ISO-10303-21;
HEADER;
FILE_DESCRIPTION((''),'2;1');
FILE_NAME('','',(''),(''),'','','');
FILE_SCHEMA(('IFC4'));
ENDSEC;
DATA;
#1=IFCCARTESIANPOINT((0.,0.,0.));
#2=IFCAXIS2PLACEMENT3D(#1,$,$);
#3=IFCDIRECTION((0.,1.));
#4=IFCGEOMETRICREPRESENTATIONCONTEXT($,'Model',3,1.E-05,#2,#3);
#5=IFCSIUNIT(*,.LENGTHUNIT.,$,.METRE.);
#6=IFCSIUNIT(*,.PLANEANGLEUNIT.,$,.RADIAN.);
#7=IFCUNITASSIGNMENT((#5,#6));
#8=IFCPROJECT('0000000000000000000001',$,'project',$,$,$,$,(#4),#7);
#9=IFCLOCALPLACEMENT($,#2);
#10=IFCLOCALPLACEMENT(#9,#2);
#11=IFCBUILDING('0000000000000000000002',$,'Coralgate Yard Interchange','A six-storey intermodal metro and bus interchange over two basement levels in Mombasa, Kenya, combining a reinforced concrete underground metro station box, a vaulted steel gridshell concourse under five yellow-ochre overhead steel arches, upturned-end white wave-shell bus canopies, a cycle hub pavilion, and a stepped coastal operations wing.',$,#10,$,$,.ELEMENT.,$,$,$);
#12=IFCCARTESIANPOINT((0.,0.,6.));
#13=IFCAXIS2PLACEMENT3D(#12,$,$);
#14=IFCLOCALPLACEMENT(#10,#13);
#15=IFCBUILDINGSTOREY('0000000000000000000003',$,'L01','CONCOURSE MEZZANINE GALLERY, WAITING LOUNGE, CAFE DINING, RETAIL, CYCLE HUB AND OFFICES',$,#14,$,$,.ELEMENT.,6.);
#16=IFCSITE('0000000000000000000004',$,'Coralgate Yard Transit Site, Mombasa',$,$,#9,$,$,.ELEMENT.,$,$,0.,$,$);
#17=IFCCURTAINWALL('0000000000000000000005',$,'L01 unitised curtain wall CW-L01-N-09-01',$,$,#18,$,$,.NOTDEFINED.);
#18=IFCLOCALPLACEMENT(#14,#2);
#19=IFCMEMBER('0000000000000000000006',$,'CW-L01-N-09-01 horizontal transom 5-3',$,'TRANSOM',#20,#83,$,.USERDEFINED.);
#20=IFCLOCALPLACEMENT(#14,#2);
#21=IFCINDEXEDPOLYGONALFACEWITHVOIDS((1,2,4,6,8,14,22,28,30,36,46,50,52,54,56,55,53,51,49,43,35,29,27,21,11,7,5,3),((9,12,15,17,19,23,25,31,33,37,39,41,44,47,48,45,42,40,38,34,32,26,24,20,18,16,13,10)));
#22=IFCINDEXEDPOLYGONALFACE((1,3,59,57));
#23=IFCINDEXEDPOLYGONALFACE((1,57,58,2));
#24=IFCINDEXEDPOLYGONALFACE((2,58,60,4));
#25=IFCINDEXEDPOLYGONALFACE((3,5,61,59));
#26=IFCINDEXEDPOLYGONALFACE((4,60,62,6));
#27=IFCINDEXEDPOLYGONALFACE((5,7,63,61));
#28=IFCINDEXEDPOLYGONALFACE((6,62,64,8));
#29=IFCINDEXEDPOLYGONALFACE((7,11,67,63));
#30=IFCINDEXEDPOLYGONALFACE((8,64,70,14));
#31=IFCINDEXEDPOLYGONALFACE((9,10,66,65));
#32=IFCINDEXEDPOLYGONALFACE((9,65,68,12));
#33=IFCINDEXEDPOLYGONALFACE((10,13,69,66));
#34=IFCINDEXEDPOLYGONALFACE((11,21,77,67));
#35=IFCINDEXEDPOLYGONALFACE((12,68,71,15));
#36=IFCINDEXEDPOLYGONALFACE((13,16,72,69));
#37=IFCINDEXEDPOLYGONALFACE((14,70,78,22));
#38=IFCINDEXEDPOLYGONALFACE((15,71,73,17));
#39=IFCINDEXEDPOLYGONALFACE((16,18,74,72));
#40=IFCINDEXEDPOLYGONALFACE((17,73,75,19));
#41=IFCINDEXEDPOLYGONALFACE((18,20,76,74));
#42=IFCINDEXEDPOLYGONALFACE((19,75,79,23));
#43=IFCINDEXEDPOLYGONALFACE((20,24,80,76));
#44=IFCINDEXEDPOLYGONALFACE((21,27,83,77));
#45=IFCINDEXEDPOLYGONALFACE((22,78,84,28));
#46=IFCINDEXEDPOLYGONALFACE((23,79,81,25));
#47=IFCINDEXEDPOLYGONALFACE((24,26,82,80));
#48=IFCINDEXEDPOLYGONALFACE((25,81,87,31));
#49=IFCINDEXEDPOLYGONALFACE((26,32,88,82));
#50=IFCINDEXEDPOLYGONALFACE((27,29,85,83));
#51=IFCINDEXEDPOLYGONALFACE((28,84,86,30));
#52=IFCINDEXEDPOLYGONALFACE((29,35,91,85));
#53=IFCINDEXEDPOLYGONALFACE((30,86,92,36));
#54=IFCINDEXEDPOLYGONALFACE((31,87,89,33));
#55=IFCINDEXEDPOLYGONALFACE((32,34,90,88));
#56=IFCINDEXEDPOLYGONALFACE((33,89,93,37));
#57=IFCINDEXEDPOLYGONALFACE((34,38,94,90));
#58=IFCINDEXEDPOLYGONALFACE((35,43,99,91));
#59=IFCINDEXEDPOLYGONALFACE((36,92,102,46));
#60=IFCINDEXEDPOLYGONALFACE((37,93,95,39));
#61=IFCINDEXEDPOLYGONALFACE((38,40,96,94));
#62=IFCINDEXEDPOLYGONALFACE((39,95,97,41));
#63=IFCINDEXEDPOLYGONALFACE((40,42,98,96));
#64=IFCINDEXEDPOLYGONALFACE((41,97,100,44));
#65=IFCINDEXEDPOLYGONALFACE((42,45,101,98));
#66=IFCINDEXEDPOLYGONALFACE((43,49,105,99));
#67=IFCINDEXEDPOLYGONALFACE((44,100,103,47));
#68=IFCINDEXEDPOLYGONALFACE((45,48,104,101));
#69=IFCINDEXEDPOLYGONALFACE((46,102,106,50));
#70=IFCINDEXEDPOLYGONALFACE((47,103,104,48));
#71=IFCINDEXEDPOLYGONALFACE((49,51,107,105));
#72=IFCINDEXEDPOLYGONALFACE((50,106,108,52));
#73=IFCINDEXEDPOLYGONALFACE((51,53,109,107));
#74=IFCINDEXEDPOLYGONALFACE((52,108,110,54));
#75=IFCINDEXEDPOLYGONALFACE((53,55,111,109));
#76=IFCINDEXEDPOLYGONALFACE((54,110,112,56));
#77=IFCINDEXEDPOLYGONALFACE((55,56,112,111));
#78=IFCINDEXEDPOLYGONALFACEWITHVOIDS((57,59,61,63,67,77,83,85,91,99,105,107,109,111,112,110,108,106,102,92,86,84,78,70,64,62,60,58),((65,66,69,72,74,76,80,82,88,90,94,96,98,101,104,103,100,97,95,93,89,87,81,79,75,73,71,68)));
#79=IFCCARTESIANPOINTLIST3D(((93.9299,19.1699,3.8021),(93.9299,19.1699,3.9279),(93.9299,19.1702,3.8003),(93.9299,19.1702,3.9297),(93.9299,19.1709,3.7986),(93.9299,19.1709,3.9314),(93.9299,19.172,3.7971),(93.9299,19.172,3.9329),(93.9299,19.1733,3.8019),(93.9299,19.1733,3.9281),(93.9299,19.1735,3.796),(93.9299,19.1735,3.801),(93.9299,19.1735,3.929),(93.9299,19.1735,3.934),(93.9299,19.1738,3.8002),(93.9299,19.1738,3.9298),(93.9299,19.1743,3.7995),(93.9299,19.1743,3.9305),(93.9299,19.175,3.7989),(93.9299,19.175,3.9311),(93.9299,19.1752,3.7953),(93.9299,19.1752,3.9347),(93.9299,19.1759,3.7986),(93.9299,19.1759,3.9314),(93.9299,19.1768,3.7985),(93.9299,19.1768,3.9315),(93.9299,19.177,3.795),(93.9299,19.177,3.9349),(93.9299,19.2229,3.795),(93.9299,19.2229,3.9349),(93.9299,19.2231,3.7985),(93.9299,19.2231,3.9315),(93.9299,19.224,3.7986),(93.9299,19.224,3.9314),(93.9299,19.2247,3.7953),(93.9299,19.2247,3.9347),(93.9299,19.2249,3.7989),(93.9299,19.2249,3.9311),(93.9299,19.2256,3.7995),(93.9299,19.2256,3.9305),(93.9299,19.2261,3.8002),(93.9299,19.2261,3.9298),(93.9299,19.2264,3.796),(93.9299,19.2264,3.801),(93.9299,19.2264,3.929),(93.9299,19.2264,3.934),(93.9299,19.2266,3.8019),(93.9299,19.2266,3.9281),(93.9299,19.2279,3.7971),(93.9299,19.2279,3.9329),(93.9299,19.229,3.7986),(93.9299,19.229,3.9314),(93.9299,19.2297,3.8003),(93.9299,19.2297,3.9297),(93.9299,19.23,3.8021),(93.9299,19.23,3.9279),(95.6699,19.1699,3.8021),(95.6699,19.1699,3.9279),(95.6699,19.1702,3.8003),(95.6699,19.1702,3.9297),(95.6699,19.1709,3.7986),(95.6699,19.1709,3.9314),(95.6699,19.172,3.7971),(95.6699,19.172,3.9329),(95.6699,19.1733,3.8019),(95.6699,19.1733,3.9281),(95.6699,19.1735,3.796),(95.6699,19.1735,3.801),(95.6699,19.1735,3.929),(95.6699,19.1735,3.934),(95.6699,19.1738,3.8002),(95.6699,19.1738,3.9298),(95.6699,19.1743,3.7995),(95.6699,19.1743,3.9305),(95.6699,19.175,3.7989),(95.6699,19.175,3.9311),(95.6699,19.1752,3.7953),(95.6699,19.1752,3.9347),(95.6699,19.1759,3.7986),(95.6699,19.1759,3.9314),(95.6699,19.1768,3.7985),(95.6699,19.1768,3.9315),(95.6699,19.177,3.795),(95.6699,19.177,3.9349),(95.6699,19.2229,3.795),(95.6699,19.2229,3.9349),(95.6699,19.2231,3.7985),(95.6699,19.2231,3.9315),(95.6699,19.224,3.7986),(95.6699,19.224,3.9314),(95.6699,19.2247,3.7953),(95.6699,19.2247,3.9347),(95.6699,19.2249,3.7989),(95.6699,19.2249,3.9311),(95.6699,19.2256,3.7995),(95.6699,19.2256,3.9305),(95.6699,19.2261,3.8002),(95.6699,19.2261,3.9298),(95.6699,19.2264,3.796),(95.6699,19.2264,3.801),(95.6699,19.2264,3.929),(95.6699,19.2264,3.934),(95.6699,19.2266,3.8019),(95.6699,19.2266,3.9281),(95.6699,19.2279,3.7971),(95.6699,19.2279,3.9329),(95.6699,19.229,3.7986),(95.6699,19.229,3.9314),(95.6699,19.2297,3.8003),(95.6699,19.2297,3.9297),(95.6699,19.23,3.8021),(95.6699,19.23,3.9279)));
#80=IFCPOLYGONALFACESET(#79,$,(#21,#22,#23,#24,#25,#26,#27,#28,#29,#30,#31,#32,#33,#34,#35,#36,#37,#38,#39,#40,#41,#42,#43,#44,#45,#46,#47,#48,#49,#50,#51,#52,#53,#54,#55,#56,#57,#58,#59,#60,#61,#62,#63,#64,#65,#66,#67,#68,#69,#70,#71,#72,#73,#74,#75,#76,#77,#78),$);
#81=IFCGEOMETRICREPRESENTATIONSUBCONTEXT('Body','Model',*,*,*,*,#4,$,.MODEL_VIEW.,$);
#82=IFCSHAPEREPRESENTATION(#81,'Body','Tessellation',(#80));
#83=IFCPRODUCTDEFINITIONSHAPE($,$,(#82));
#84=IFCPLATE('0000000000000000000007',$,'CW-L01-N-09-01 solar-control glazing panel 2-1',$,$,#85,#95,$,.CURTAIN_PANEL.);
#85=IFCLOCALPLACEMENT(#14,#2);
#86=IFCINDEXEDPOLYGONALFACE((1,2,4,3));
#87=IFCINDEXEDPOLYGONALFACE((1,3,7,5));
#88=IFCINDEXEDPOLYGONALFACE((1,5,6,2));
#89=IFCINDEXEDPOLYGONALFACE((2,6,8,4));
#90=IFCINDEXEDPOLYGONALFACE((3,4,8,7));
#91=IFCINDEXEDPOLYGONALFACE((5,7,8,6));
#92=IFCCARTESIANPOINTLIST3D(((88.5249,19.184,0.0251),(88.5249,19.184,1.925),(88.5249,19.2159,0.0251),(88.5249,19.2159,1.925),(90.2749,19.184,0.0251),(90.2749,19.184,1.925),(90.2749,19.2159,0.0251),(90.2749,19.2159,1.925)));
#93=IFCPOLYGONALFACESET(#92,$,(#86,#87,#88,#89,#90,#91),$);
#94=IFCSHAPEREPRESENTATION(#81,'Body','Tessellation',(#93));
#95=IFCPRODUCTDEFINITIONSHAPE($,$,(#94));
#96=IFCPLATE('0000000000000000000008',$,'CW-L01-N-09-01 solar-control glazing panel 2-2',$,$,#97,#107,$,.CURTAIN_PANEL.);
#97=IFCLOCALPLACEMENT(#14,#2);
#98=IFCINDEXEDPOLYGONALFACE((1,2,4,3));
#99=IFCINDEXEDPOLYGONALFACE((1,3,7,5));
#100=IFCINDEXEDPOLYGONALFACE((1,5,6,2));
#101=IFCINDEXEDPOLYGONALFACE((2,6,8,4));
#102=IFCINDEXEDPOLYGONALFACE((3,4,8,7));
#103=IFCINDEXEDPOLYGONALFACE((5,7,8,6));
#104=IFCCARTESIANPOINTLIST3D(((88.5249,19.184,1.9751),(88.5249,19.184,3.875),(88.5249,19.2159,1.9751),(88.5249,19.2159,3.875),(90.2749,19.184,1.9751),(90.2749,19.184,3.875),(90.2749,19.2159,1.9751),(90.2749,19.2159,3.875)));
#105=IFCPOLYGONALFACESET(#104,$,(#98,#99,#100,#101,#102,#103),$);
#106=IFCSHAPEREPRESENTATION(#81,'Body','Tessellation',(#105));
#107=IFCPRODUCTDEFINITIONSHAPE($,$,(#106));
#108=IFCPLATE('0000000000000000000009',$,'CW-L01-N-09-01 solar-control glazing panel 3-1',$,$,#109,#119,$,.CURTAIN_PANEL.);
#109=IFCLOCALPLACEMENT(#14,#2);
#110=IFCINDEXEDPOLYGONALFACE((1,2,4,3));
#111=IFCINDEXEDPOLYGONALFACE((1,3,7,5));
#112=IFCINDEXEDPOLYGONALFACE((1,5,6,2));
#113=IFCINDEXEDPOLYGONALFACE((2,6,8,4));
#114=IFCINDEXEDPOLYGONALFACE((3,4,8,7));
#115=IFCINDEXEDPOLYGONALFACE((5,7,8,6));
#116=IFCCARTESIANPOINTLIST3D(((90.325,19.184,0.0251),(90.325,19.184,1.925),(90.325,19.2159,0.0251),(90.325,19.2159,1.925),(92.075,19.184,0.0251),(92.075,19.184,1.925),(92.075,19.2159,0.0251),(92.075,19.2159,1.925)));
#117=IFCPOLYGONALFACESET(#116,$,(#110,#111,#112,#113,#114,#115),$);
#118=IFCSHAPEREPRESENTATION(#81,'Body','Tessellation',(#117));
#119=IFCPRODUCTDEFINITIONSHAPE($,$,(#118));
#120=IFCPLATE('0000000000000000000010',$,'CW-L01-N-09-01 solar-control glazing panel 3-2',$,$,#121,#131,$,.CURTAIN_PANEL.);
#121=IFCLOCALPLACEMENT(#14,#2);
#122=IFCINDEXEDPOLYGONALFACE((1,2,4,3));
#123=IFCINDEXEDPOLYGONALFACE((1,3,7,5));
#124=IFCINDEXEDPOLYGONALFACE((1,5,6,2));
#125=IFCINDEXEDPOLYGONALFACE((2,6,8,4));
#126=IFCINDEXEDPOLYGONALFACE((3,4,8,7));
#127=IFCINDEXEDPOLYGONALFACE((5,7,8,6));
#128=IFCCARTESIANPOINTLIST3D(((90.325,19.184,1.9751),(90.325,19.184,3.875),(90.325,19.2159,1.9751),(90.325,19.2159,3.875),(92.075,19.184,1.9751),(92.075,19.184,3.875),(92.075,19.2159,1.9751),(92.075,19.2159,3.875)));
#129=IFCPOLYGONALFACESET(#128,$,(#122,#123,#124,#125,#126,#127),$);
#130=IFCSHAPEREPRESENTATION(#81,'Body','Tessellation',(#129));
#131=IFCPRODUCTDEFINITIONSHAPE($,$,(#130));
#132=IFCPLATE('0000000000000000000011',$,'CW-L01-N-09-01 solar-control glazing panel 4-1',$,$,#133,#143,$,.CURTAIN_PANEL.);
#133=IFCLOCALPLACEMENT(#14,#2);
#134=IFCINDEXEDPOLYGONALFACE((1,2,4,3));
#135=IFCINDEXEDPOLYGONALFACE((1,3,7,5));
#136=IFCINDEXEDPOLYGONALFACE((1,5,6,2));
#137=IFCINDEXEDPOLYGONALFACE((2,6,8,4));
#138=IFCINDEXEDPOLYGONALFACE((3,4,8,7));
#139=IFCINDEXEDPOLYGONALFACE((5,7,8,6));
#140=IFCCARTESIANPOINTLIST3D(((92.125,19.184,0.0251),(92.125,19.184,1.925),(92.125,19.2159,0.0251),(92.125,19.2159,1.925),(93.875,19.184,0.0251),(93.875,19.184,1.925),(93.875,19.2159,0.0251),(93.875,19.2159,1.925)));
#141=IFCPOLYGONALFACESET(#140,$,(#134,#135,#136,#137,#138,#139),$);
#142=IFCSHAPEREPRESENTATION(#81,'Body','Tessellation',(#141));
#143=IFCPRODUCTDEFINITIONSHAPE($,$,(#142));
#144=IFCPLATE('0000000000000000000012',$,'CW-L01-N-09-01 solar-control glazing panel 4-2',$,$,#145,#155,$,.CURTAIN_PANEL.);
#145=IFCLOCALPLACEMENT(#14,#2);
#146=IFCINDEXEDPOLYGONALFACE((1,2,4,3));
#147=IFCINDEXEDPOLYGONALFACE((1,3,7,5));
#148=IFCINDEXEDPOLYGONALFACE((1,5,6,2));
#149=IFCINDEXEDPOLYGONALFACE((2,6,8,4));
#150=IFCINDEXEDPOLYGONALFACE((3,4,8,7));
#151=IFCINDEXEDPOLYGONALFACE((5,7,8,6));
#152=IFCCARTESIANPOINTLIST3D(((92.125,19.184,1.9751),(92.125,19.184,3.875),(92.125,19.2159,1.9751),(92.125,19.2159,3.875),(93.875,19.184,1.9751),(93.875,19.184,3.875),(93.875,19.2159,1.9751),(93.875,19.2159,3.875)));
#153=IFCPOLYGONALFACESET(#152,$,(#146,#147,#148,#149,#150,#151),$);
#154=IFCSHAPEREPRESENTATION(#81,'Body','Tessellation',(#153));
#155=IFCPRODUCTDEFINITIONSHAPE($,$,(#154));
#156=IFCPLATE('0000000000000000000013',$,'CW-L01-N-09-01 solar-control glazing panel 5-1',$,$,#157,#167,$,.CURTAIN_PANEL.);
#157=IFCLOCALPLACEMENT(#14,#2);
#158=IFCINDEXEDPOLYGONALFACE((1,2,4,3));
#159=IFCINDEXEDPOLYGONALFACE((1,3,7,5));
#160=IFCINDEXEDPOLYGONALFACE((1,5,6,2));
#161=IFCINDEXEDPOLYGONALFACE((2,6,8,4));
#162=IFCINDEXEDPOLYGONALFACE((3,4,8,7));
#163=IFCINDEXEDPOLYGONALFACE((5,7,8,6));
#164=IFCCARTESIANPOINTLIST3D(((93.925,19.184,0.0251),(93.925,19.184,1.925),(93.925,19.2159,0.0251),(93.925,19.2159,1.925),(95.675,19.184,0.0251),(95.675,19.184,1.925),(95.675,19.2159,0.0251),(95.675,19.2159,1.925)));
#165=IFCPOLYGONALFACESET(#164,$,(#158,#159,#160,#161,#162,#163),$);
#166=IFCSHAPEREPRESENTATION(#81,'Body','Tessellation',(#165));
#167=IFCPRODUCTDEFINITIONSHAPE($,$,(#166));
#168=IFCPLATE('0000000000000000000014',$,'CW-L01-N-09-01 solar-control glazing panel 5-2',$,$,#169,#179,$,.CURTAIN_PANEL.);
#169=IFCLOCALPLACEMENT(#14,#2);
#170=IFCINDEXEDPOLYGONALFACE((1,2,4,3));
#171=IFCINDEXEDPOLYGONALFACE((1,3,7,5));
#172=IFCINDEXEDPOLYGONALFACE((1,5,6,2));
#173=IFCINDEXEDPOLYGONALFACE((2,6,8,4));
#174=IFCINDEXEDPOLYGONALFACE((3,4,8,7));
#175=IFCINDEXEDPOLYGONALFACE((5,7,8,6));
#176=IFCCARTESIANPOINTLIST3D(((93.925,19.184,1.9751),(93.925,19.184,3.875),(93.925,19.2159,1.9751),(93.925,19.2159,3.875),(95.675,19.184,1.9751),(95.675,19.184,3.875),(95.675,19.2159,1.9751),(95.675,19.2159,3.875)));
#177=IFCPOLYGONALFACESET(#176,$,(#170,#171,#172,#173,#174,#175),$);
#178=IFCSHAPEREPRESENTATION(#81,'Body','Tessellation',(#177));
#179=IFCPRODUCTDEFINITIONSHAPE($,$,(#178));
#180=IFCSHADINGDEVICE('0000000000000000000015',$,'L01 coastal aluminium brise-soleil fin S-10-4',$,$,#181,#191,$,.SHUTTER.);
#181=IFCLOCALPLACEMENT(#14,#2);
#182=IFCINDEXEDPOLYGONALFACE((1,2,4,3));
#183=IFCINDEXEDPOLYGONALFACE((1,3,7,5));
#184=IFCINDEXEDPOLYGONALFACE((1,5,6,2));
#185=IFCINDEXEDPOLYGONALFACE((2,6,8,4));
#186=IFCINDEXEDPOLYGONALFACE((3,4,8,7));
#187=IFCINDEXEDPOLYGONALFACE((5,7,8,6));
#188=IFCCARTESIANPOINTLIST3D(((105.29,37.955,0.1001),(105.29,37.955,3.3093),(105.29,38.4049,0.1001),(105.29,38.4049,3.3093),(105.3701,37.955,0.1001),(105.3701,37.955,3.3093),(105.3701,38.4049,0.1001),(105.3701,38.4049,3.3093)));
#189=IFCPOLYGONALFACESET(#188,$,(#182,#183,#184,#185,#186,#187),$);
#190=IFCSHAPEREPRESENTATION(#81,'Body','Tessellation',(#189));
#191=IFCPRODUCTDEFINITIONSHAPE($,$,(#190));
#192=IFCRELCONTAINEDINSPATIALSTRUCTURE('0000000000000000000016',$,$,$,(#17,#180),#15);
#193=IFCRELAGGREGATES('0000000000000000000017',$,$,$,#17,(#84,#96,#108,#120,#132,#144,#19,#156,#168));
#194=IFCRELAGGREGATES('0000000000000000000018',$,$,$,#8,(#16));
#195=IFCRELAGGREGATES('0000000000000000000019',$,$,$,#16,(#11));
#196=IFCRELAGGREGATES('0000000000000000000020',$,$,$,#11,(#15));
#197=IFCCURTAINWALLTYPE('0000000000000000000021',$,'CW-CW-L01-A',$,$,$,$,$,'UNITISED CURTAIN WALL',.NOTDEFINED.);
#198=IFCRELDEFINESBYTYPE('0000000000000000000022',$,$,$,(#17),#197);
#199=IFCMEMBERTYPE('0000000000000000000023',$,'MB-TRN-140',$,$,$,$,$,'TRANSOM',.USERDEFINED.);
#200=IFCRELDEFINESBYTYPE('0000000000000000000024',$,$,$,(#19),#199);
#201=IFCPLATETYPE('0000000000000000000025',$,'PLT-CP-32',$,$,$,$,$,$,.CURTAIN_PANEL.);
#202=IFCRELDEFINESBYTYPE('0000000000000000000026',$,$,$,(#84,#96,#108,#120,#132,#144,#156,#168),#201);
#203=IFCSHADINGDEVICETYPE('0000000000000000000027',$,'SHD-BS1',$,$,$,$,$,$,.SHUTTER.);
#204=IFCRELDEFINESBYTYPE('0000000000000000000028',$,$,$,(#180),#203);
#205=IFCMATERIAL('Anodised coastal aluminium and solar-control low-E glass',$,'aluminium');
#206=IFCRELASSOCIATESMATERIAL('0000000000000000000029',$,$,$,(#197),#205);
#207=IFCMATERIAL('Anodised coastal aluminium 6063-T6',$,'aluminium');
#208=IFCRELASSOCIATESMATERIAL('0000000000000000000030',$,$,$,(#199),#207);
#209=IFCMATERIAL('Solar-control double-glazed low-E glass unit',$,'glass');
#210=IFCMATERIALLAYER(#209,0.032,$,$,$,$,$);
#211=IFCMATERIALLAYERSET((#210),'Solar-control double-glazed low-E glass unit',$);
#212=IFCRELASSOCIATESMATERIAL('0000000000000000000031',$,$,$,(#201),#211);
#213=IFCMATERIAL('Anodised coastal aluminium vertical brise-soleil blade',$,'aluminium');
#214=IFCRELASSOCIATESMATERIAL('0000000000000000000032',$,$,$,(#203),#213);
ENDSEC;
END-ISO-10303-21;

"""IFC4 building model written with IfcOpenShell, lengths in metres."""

from ifc_helpers import new_model, si_unit, direction, frame, origin, origin_2d, place, context, subcontext, project, spatial, rectangle, hollow_rectangle, extrude, material, layer, layer_set, material_profile, profile_set, type_object, element, aggregate, save


model = new_model("IFC4")

# Units and contexts
model_context = context("Model", 3, precision=1e-05, world=origin(), true_north=direction((0.0, 1.0)))
body_context = subcontext(model_context, "Body", "Model", "MODEL_VIEW")
ifc_project = project(units=[si_unit("LENGTHUNIT", "METRE"), si_unit("PLANEANGLEUNIT", "RADIAN")], contexts=[model_context])

# Site, building, storey
site_placement = place(None, origin())
site = spatial("IfcSite", under=ifc_project, at=site_placement, Name="Coralgate Yard Transit Site, Mombasa", CompositionType="ELEMENT", RefElevation=0.0)
building_placement = place(site_placement, origin())
building = spatial("IfcBuilding", under=site, at=building_placement, Name="Coralgate Yard Interchange", Description="A six-storey intermodal metro and bus interchange over two basement levels in Mombasa, Kenya, combining a reinforced concrete underground metro station box, a vaulted steel gridshell concourse under five yellow-ochre overhead steel arches, upturned-end white wave-shell bus canopies, a cycle hub pavilion, and a stepped coastal operations wing.", CompositionType="ELEMENT")
storey_placement = place(building_placement, frame((0.0, 0.0, 6.0)))
storey = spatial("IfcBuildingStorey", under=building, at=storey_placement, Name="L01", Description="CONCOURSE MEZZANINE GALLERY, WAITING LOUNGE, CAFE DINING, RETAIL, CYCLE HUB AND OFFICES", CompositionType="ELEMENT", Elevation=6.0)

# Curtain wall, member, plates
ifc_material_1 = material(Name="Anodised coastal aluminium and solar-control low-E glass", Category="aluminium")
curtain_wall_type = type_object("IfcCurtainWallType", Name="CW-CW-L01-A", ElementType="UNITISED CURTAIN WALL", PredefinedType="NOTDEFINED", material=ifc_material_1)
curtain_wall_placement = place(storey_placement, origin())
curtain_wall = element("IfcCurtainWall", 1, at=curtain_wall_placement, inside=storey, type_object=curtain_wall_type, Name="L01 unitised curtain wall CW-L01-N-09-01", PredefinedType="NOTDEFINED")
ifc_material_2 = material(Name="Anodised coastal aluminium 6063-T6", Category="aluminium")
ifc_material_profile_1 = material_profile(ifc_material_2, hollow_rectangle(XDim=0.0601, YDim=0.1399, WallThickness=0.0034, InnerFilletRadius=0.0034, OuterFilletRadius=0.0071, at=origin_2d()), Name="ALU 60x140x3.5")
ifc_profile_set_1 = profile_set([ifc_material_profile_1], Name="Anodised coastal aluminium 6063-T6")
member_type_1 = type_object("IfcMemberType", Name="MB-TRN-140", ElementType="TRANSOM", PredefinedType="USERDEFINED", material=ifc_profile_set_1)
member_1_placement = place(storey_placement, frame((93.9299, 19.2, 3.865), z_axis=(1.0, 0.0, 0.0), x_axis=(0.0, 1.0, 0.0)))
member_1 = element("IfcMember", 2, at=member_1_placement, type_object=member_type_1, Name="CW-L01-N-09-01 horizontal transom 5-3", ObjectType="TRANSOM", PredefinedType="USERDEFINED", context=body_context, shape_type="SweptSolid", body=[
    extrude(hollow_rectangle(XDim=0.0601, YDim=0.1399, WallThickness=0.0034, InnerFilletRadius=0.0034, OuterFilletRadius=0.0071, at=origin_2d()), origin(), (0.0, 0.0, 1.0), 1.74),
])
ifc_material_3 = material(Name="Solar-control double-glazed low-E glass unit", Category="glass")
ifc_layer = layer(ifc_material_3, 0.032)
ifc_layer_set = layer_set([ifc_layer], Name="Solar-control double-glazed low-E glass unit")
plate_type = type_object("IfcPlateType", Name="PLT-CP-32", PredefinedType="CURTAIN_PANEL", material=ifc_layer_set)
plate_1_placement = place(storey_placement, frame((89.3999, 19.2, 0.0251), z_axis=(0.0, 0.0, 1.0), x_axis=(1.0, 0.0, 0.0)))
plate_1 = element("IfcPlate", 3, at=plate_1_placement, type_object=plate_type, Name="CW-L01-N-09-01 solar-control glazing panel 2-1", PredefinedType="CURTAIN_PANEL", context=body_context, shape_type="SweptSolid", body=[
    extrude(rectangle(XDim=1.75, YDim=0.032, at=origin_2d()), origin(), (0.0, 0.0, 1.0), 1.8999),
])
plate_2_placement = place(storey_placement, frame((89.3999, 19.2, 1.9751), z_axis=(0.0, 0.0, 1.0), x_axis=(1.0, 0.0, 0.0)))
plate_2 = element("IfcPlate", 4, at=plate_2_placement, type_object=plate_type, Name="CW-L01-N-09-01 solar-control glazing panel 2-2", PredefinedType="CURTAIN_PANEL", context=body_context, shape_type="SweptSolid", body=[
    extrude(rectangle(XDim=1.75, YDim=0.032, at=origin_2d()), origin(), (0.0, 0.0, 1.0), 1.8999),
])
plate_3_placement = place(storey_placement, frame((91.2, 19.2, 0.0251), z_axis=(0.0, 0.0, 1.0), x_axis=(1.0, 0.0, 0.0)))
plate_3 = element("IfcPlate", 5, at=plate_3_placement, type_object=plate_type, Name="CW-L01-N-09-01 solar-control glazing panel 3-1", PredefinedType="CURTAIN_PANEL", context=body_context, shape_type="SweptSolid", body=[
    extrude(rectangle(XDim=1.75, YDim=0.032, at=origin_2d()), origin(), (0.0, 0.0, 1.0), 1.8999),
])
plate_4_placement = place(storey_placement, frame((91.2, 19.2, 1.9751), z_axis=(0.0, 0.0, 1.0), x_axis=(1.0, 0.0, 0.0)))
plate_4 = element("IfcPlate", 6, at=plate_4_placement, type_object=plate_type, Name="CW-L01-N-09-01 solar-control glazing panel 3-2", PredefinedType="CURTAIN_PANEL", context=body_context, shape_type="SweptSolid", body=[
    extrude(rectangle(XDim=1.75, YDim=0.032, at=origin_2d()), origin(), (0.0, 0.0, 1.0), 1.8999),
])
plate_5_placement = place(storey_placement, frame((93.0, 19.2, 0.0251), z_axis=(0.0, 0.0, 1.0), x_axis=(1.0, 0.0, 0.0)))
plate_5 = element("IfcPlate", 7, at=plate_5_placement, type_object=plate_type, Name="CW-L01-N-09-01 solar-control glazing panel 4-1", PredefinedType="CURTAIN_PANEL", context=body_context, shape_type="SweptSolid", body=[
    extrude(rectangle(XDim=1.75, YDim=0.032, at=origin_2d()), origin(), (0.0, 0.0, 1.0), 1.8999),
])
plate_6_placement = place(storey_placement, frame((93.0, 19.2, 1.9751), z_axis=(0.0, 0.0, 1.0), x_axis=(1.0, 0.0, 0.0)))
plate_6 = element("IfcPlate", 8, at=plate_6_placement, type_object=plate_type, Name="CW-L01-N-09-01 solar-control glazing panel 4-2", PredefinedType="CURTAIN_PANEL", context=body_context, shape_type="SweptSolid", body=[
    extrude(rectangle(XDim=1.75, YDim=0.032, at=origin_2d()), origin(), (0.0, 0.0, 1.0), 1.8999),
])
plate_7_placement = place(storey_placement, frame((94.8, 19.2, 0.0251), z_axis=(0.0, 0.0, 1.0), x_axis=(1.0, 0.0, 0.0)))
plate_7 = element("IfcPlate", 9, at=plate_7_placement, type_object=plate_type, Name="CW-L01-N-09-01 solar-control glazing panel 5-1", PredefinedType="CURTAIN_PANEL", context=body_context, shape_type="SweptSolid", body=[
    extrude(rectangle(XDim=1.75, YDim=0.032, at=origin_2d()), origin(), (0.0, 0.0, 1.0), 1.8999),
])
plate_8_placement = place(storey_placement, frame((94.8, 19.2, 1.9751), z_axis=(0.0, 0.0, 1.0), x_axis=(1.0, 0.0, 0.0)))
plate_8 = element("IfcPlate", 10, at=plate_8_placement, type_object=plate_type, Name="CW-L01-N-09-01 solar-control glazing panel 5-2", PredefinedType="CURTAIN_PANEL", context=body_context, shape_type="SweptSolid", body=[
    extrude(rectangle(XDim=1.75, YDim=0.032, at=origin_2d()), origin(), (0.0, 0.0, 1.0), 1.8999),
])
aggregate(curtain_wall, [plate_1, plate_2, plate_3, plate_4, plate_5, plate_6, member_1, plate_7, plate_8])

# Shading device
ifc_material_4 = material(Name="Anodised coastal aluminium vertical brise-soleil blade", Category="aluminium")
shading_device_type = type_object("IfcShadingDeviceType", Name="SHD-BS1", PredefinedType="SHUTTER", material=ifc_material_4)
shading_device_placement = place(storey_placement, frame((105.3301, 38.1799, 0.1001), z_axis=(0.0, 0.0, 1.0), x_axis=(-1.0, 0.0, 0.0)))
element("IfcShadingDevice", 11, at=shading_device_placement, inside=storey, type_object=shading_device_type, Name="L01 coastal aluminium brise-soleil fin S-10-4", PredefinedType="SHUTTER", context=body_context, shape_type="SweptSolid", body=[
    extrude(rectangle(XDim=0.0801, YDim=0.45, at=origin_2d()), origin(), (0.0, 0.0, 1.0), 3.2092),
])

save(model, "model.ifc")
